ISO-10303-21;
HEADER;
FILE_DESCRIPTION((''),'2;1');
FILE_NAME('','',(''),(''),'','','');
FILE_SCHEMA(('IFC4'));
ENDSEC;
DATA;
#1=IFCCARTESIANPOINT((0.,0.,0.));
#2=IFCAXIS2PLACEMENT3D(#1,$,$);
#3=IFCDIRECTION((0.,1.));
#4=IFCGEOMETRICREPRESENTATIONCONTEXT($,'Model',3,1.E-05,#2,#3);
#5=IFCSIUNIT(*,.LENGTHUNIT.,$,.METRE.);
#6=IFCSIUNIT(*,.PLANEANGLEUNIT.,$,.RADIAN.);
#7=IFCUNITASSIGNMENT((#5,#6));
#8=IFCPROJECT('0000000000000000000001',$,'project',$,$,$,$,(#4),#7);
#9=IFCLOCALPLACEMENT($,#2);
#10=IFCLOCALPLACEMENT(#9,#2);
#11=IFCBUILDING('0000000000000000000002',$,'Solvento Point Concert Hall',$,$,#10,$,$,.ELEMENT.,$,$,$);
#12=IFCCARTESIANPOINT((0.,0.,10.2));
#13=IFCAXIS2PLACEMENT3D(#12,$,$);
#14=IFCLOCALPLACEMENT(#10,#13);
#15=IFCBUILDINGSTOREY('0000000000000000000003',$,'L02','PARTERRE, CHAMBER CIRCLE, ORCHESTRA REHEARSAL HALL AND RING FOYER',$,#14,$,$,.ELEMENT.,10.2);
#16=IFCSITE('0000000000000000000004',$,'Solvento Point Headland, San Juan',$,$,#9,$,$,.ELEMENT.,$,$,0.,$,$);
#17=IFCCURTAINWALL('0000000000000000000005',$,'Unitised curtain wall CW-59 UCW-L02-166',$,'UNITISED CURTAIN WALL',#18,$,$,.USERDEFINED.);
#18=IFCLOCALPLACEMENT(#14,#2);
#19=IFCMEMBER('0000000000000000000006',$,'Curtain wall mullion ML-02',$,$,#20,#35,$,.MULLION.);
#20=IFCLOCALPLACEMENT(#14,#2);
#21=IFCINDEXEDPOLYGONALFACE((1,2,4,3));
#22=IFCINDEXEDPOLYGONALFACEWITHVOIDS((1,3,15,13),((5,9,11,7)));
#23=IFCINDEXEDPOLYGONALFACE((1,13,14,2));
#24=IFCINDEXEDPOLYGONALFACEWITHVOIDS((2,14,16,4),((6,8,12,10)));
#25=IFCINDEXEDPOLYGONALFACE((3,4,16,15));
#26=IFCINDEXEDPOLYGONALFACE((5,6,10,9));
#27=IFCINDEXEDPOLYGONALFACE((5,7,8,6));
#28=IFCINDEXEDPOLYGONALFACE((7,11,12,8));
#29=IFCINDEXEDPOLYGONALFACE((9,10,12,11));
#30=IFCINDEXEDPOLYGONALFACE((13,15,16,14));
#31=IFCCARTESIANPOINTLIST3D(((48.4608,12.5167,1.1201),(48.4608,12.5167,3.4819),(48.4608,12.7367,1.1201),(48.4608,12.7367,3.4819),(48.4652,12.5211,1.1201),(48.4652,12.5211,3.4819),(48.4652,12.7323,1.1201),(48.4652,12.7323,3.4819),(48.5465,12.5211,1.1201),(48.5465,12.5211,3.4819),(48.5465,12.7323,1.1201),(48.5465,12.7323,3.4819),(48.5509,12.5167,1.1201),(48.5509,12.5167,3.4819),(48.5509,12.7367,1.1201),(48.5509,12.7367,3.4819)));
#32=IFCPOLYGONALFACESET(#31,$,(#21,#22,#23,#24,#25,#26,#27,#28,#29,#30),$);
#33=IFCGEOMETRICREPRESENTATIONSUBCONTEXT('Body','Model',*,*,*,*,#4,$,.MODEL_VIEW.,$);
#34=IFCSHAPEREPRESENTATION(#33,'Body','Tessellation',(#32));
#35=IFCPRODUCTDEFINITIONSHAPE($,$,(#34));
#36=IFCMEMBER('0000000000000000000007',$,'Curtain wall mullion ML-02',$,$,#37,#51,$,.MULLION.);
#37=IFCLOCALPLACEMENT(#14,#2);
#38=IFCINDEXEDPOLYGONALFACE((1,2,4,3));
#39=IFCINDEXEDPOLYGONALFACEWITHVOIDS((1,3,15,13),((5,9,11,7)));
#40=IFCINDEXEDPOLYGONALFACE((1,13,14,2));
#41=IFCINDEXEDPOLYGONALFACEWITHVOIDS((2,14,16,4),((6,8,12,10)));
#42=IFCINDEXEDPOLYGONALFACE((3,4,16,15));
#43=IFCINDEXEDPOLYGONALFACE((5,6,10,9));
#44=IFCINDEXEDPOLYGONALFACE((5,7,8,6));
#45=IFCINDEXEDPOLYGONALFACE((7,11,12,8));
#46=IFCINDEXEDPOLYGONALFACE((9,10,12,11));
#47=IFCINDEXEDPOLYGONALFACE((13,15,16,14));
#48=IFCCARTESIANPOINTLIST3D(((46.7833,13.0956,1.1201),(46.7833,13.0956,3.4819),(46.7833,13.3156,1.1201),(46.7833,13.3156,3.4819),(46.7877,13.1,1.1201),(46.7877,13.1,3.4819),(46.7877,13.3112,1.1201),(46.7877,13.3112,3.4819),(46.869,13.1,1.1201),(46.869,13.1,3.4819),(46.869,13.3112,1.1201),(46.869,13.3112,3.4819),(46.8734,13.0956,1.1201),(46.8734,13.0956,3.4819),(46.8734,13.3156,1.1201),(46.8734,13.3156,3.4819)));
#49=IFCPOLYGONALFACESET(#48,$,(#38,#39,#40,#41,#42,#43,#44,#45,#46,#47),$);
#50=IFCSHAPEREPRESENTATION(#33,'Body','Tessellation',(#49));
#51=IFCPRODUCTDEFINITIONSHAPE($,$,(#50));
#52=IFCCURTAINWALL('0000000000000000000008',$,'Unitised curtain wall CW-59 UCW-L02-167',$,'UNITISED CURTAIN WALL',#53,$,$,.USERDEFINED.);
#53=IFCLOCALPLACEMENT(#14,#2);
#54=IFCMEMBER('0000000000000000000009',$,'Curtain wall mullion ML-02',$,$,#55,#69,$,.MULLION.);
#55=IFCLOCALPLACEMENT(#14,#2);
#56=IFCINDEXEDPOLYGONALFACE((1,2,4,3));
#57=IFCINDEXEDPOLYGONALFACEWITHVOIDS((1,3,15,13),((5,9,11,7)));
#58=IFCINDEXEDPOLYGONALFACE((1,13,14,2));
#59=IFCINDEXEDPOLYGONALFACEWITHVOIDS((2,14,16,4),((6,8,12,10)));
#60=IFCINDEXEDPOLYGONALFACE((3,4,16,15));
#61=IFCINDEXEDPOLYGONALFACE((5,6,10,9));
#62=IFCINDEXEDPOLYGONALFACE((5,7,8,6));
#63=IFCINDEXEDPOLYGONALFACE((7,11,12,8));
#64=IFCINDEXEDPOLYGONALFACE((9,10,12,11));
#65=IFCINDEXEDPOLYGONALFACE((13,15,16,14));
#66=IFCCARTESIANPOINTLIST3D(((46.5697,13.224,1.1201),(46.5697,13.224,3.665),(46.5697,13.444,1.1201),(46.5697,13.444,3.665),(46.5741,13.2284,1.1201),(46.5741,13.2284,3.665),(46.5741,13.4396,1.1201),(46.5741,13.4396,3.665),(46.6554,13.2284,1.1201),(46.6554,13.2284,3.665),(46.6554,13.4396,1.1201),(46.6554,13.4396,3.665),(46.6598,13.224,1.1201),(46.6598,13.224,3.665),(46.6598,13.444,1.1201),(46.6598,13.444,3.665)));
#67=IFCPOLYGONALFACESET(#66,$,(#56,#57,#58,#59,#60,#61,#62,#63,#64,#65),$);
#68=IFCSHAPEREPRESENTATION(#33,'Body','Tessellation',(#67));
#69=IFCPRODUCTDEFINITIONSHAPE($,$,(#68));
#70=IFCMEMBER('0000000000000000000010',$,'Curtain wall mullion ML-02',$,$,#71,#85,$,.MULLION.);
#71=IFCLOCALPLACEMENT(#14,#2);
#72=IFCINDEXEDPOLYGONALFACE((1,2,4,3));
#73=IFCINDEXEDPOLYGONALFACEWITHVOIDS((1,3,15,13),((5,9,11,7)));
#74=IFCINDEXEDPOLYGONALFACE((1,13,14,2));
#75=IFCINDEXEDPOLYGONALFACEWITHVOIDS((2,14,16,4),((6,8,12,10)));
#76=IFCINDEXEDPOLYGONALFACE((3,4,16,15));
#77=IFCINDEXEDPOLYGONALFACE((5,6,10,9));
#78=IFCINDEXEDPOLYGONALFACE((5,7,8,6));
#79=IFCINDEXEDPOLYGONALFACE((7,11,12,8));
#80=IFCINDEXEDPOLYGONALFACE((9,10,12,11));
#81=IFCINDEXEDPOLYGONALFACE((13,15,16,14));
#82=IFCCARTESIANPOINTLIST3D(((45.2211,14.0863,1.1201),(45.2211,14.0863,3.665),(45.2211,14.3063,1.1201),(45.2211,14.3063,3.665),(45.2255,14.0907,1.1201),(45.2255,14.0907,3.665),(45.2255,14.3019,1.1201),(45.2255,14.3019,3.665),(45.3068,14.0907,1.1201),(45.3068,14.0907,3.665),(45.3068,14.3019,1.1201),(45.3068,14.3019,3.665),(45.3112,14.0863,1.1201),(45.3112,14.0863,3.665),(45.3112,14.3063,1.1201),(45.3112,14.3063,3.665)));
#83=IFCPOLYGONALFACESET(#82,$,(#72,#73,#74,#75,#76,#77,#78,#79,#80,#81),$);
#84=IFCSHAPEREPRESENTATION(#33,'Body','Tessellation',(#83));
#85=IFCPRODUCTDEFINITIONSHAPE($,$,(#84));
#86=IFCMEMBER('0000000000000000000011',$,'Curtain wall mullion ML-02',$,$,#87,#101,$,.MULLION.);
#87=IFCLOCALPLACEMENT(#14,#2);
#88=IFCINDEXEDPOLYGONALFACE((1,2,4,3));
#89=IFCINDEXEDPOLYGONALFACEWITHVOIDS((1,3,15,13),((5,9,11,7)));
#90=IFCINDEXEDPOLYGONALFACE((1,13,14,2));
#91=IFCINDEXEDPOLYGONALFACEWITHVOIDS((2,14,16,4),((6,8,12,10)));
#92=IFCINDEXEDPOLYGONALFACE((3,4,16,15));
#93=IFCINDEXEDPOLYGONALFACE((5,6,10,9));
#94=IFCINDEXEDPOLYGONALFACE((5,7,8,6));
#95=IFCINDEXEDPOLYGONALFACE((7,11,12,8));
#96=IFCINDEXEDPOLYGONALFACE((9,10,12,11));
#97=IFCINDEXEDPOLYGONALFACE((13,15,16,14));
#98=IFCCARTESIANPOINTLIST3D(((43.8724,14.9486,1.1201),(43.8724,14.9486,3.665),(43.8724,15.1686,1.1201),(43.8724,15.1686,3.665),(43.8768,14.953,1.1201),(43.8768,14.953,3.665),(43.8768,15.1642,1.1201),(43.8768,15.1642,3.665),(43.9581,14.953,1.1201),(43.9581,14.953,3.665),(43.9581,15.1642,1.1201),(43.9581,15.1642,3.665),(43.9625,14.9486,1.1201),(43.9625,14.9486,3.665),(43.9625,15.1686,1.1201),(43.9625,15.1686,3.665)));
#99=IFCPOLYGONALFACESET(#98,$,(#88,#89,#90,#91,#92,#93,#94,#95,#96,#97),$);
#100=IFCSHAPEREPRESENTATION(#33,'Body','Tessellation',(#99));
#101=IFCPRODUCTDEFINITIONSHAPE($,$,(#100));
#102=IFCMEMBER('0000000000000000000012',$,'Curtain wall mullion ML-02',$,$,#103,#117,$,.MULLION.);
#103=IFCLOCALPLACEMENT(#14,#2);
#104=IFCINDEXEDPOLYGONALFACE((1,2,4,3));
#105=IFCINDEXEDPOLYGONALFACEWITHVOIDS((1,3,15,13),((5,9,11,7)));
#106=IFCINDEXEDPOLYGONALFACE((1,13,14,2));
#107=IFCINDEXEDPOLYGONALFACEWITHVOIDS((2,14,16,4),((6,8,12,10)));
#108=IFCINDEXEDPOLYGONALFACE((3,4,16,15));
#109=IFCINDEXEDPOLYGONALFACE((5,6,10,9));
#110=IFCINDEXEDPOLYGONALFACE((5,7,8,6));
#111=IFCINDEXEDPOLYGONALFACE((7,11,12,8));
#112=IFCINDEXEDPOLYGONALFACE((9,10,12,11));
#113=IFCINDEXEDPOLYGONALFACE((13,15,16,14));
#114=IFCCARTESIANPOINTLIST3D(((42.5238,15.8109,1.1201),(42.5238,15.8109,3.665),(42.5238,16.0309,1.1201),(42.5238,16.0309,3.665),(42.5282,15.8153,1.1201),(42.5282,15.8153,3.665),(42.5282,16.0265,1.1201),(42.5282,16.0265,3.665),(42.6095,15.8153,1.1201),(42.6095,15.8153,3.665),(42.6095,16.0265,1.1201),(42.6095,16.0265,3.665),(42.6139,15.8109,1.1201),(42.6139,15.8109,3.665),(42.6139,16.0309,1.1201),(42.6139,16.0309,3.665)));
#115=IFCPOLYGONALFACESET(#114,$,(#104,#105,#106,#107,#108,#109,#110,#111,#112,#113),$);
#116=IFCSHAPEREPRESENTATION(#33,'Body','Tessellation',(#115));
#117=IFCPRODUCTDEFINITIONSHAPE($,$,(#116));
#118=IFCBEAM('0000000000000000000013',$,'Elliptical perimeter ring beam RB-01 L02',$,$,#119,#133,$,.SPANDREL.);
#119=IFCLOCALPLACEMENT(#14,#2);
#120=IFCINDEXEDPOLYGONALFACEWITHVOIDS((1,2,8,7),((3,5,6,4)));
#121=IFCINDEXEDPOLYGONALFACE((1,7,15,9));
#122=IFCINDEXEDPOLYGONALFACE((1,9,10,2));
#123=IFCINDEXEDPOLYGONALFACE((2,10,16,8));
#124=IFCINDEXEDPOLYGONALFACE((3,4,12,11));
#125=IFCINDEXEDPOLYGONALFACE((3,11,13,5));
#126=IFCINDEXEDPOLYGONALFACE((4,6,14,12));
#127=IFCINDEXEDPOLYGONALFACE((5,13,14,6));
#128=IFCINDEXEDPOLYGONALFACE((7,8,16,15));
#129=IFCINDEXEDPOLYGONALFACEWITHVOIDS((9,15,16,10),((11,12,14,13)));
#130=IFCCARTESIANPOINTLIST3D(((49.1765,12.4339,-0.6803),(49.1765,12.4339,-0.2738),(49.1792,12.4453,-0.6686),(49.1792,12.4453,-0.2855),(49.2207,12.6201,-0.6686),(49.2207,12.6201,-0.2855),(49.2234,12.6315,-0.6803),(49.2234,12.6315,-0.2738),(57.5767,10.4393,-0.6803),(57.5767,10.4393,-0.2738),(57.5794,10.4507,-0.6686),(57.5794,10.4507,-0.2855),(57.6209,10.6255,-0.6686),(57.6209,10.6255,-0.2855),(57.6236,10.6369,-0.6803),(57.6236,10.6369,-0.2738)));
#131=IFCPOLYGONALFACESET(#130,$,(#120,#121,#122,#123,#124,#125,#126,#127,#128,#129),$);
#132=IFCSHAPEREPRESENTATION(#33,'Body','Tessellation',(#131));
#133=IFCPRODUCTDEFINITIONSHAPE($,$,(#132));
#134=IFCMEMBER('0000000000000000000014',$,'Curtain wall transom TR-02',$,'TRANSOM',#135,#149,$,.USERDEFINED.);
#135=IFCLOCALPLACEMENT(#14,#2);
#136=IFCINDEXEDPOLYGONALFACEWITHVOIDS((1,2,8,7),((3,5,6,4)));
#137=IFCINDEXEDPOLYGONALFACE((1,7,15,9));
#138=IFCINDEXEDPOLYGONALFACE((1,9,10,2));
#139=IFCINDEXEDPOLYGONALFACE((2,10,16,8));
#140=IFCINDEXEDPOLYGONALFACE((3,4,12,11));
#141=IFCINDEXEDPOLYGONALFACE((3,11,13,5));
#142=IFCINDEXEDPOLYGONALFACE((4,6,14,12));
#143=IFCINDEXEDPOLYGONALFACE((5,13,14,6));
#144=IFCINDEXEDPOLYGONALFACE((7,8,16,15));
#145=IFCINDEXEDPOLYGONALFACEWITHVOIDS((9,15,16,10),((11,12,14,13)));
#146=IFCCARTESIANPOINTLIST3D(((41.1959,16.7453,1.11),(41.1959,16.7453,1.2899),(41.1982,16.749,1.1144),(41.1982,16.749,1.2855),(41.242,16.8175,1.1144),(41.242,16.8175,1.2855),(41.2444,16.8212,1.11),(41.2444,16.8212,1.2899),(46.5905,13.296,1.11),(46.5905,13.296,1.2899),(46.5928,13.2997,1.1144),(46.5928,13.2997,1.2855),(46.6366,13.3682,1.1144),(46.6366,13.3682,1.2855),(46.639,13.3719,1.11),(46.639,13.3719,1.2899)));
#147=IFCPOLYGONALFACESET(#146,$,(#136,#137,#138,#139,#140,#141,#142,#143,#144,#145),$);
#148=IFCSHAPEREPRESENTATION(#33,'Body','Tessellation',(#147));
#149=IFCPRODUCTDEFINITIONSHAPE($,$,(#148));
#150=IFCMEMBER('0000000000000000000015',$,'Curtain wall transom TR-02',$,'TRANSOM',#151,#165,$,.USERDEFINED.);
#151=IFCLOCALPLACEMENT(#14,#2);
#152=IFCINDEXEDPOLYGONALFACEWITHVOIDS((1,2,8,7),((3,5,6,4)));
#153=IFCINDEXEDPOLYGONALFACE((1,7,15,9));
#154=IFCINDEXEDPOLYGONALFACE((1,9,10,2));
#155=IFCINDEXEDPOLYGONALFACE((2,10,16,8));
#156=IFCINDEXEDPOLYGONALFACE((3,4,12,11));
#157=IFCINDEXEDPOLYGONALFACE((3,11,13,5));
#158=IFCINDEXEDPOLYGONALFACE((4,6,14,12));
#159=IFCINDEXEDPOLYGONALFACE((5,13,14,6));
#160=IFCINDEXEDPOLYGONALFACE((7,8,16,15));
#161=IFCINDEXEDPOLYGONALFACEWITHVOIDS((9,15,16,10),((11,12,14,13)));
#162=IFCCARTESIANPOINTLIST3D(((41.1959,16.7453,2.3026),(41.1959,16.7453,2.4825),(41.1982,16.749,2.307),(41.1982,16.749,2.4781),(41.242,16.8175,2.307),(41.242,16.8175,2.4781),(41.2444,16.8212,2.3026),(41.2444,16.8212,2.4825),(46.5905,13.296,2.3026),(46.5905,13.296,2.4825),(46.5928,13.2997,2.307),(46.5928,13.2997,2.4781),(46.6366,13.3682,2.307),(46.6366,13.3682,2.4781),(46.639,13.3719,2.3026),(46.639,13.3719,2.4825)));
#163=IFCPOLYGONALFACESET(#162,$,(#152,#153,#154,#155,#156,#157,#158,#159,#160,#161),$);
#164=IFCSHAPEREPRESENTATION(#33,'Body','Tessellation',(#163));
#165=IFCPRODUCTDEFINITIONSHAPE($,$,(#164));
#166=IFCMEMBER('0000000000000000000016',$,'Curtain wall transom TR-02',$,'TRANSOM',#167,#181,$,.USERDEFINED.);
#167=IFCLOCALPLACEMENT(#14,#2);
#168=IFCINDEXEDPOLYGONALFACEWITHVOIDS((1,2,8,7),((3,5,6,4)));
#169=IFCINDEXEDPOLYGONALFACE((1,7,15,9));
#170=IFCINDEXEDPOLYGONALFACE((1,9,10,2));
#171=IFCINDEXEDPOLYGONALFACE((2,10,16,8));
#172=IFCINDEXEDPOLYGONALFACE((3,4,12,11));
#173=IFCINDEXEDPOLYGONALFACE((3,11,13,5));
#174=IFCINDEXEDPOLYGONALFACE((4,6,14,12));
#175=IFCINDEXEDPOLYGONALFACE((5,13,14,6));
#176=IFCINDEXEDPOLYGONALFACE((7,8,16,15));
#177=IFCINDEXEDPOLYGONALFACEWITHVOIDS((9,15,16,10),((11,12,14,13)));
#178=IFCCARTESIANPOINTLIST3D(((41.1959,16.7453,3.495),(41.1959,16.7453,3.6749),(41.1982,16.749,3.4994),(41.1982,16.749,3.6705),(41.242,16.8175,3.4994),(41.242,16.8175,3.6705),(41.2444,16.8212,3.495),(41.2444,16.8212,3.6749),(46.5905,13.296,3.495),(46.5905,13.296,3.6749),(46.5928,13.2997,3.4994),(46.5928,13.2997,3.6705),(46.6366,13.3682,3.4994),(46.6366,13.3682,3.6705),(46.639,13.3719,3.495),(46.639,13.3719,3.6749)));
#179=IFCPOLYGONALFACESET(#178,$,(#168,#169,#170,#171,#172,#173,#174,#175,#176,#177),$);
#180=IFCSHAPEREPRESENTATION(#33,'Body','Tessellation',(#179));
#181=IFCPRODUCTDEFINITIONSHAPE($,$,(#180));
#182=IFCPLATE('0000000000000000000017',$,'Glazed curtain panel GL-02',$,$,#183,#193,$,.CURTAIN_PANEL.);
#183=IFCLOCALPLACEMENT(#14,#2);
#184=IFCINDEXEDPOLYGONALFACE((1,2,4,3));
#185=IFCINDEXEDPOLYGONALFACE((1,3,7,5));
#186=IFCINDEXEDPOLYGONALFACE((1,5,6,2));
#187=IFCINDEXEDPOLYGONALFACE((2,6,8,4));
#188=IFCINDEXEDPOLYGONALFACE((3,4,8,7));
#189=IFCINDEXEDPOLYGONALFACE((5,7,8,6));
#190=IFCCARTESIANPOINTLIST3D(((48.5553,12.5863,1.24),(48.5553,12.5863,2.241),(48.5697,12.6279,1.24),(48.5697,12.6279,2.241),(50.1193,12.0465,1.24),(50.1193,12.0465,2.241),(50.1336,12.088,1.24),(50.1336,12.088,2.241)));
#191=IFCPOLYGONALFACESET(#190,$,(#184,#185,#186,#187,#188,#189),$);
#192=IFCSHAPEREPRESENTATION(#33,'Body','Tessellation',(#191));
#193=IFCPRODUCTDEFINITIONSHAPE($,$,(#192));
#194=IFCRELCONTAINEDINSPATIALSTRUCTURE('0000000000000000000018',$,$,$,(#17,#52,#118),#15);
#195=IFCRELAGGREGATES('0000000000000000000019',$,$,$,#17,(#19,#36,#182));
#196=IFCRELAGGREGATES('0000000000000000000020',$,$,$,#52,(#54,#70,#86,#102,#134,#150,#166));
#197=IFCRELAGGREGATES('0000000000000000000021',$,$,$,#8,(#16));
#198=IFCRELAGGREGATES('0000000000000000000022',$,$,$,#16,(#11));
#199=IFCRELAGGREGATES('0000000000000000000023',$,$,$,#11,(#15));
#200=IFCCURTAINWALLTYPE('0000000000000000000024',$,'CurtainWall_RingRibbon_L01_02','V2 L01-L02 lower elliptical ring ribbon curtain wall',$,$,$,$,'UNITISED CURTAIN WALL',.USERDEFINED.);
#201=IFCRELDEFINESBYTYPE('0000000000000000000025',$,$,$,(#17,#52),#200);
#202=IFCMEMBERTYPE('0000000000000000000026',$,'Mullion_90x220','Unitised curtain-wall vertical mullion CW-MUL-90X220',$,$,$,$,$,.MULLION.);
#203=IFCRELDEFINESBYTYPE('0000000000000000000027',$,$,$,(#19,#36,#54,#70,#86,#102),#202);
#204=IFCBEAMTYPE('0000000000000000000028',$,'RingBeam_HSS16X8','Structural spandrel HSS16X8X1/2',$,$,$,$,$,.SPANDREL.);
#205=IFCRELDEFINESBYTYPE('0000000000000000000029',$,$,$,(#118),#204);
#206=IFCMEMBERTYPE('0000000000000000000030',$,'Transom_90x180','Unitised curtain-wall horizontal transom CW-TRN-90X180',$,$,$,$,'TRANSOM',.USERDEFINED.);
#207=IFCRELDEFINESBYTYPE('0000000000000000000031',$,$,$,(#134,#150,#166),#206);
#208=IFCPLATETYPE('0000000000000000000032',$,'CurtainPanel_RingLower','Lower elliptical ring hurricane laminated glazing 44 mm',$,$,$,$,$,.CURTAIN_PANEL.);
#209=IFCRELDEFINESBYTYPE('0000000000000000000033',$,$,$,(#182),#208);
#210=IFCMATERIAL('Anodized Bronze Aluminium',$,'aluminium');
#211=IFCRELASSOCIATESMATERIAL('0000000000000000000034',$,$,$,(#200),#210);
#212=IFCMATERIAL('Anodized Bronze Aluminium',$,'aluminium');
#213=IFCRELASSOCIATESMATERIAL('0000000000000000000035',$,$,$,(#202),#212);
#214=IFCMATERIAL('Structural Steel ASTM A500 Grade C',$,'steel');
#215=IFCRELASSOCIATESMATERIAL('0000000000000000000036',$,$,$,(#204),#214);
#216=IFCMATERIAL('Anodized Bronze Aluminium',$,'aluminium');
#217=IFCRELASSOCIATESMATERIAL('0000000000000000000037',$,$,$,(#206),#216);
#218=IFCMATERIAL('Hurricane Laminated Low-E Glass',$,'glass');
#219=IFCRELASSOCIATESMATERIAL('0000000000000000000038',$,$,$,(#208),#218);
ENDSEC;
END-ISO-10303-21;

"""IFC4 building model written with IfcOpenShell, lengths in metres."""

from ifc_helpers import new_model, si_unit, direction, frame, origin, origin_2d, place, context, subcontext, project, spatial, rectangle, hollow_rectangle, extrude, material, material_profile, profile_set, type_object, element, aggregate, save


model = new_model("IFC4")

# Units and contexts
model_context = context("Model", 3, precision=1e-05, world=origin(), true_north=direction((0.0, 1.0)))
body_context = subcontext(model_context, "Body", "Model", "MODEL_VIEW")
ifc_project = project(units=[si_unit("LENGTHUNIT", "METRE"), si_unit("PLANEANGLEUNIT", "RADIAN")], contexts=[model_context])

# Site, building, storey
site_placement = place(None, origin())
site = spatial("IfcSite", under=ifc_project, at=site_placement, Name="Solvento Point Headland, San Juan", CompositionType="ELEMENT", RefElevation=0.0)
building_placement = place(site_placement, origin())
building = spatial("IfcBuilding", under=site, at=building_placement, Name="Solvento Point Concert Hall", CompositionType="ELEMENT")
storey_placement = place(building_placement, frame((0.0, 0.0, 10.2)))
storey = spatial("IfcBuildingStorey", under=building, at=storey_placement, Name="L02", Description="PARTERRE, CHAMBER CIRCLE, ORCHESTRA REHEARSAL HALL AND RING FOYER", CompositionType="ELEMENT", Elevation=10.2)

# Curtain walls, members
ifc_material_1 = material(Name="Anodized Bronze Aluminium", Category="aluminium")
curtain_wall_type = type_object("IfcCurtainWallType", Name="CurtainWall_RingRibbon_L01_02", Description="V2 L01-L02 lower elliptical ring ribbon curtain wall", ElementType="UNITISED CURTAIN WALL", PredefinedType="USERDEFINED", material=ifc_material_1)
curtain_wall_1_placement = place(storey_placement, origin())
curtain_wall_1 = element("IfcCurtainWall", 1, at=curtain_wall_1_placement, inside=storey, type_object=curtain_wall_type, Name="Unitised curtain wall CW-59 UCW-L02-166", ObjectType="UNITISED CURTAIN WALL", PredefinedType="USERDEFINED")
ifc_material_2 = material(Name="Anodized Bronze Aluminium", Category="aluminium")
ifc_material_profile_1 = material_profile(ifc_material_2, hollow_rectangle(XDim=0.0901, YDim=0.22, WallThickness=0.0044, at=origin_2d()), Name="CW-MUL-90X220")
ifc_profile_set_1 = profile_set([ifc_material_profile_1], Name="Anodized Bronze Aluminium")
member_type_1 = type_object("IfcMemberType", Name="Mullion_90x220", Description="Unitised curtain-wall vertical mullion CW-MUL-90X220", PredefinedType="MULLION", material=ifc_profile_set_1)
member_1_placement = place(storey_placement, frame((48.5059, 12.6267, 1.1201), z_axis=(0.0, 0.0, 1.0), x_axis=(1.0, 0.0, 0.0)))
member_1 = element("IfcMember", 2, at=member_1_placement, type_object=member_type_1, Name="Curtain wall mullion ML-02", PredefinedType="MULLION", context=body_context, shape_type="SweptSolid", body=[
    extrude(hollow_rectangle(XDim=0.0901, YDim=0.22, WallThickness=0.0044, at=origin_2d()), origin(), (0.0, 0.0, 1.0), 2.3618),
])
member_2_placement = place(storey_placement, frame((46.8284, 13.2056, 1.1201), z_axis=(0.0, 0.0, 1.0), x_axis=(1.0, 0.0, 0.0)))
member_2 = element("IfcMember", 3, at=member_2_placement, type_object=member_type_1, Name="Curtain wall mullion ML-02", PredefinedType="MULLION", context=body_context, shape_type="SweptSolid", body=[
    extrude(hollow_rectangle(XDim=0.0901, YDim=0.22, WallThickness=0.0044, at=origin_2d()), origin(), (0.0, 0.0, 1.0), 2.3618),
])
curtain_wall_2_placement = place(storey_placement, origin())
curtain_wall_2 = element("IfcCurtainWall", 4, at=curtain_wall_2_placement, inside=storey, type_object=curtain_wall_type, Name="Unitised curtain wall CW-59 UCW-L02-167", ObjectType="UNITISED CURTAIN WALL", PredefinedType="USERDEFINED")
member_3_placement = place(storey_placement, frame((46.6147, 13.334, 1.1201), z_axis=(0.0, 0.0, 1.0), x_axis=(1.0, 0.0, 0.0)))
member_3 = element("IfcMember", 5, at=member_3_placement, type_object=member_type_1, Name="Curtain wall mullion ML-02", PredefinedType="MULLION", context=body_context, shape_type="SweptSolid", body=[
    extrude(hollow_rectangle(XDim=0.0901, YDim=0.22, WallThickness=0.0044, at=origin_2d()), origin(), (0.0, 0.0, 1.0), 2.5449),
])
member_4_placement = place(storey_placement, frame((45.2661, 14.1963, 1.1201), z_axis=(0.0, 0.0, 1.0), x_axis=(1.0, 0.0, 0.0)))
member_4 = element("IfcMember", 6, at=member_4_placement, type_object=member_type_1, Name="Curtain wall mullion ML-02", PredefinedType="MULLION", context=body_context, shape_type="SweptSolid", body=[
    extrude(hollow_rectangle(XDim=0.0901, YDim=0.22, WallThickness=0.0044, at=origin_2d()), origin(), (0.0, 0.0, 1.0), 2.5449),
])
member_5_placement = place(storey_placement, frame((43.9175, 15.0586, 1.1201), z_axis=(0.0, 0.0, 1.0), x_axis=(1.0, 0.0, 0.0)))
member_5 = element("IfcMember", 7, at=member_5_placement, type_object=member_type_1, Name="Curtain wall mullion ML-02", PredefinedType="MULLION", context=body_context, shape_type="SweptSolid", body=[
    extrude(hollow_rectangle(XDim=0.0901, YDim=0.22, WallThickness=0.0044, at=origin_2d()), origin(), (0.0, 0.0, 1.0), 2.5449),
])
member_6_placement = place(storey_placement, frame((42.5688, 15.9209, 1.1201), z_axis=(0.0, 0.0, 1.0), x_axis=(1.0, 0.0, 0.0)))
member_6 = element("IfcMember", 8, at=member_6_placement, type_object=member_type_1, Name="Curtain wall mullion ML-02", PredefinedType="MULLION", context=body_context, shape_type="SweptSolid", body=[
    extrude(hollow_rectangle(XDim=0.0901, YDim=0.22, WallThickness=0.0044, at=origin_2d()), origin(), (0.0, 0.0, 1.0), 2.5449),
])

# Beam
ifc_material_3 = material(Name="Structural Steel ASTM A500 Grade C", Category="steel")
ifc_material_profile_2 = material_profile(ifc_material_3, hollow_rectangle(XDim=0.2031, YDim=0.4065, WallThickness=0.0117, at=origin_2d()), Name="HSS16X8X1/2")
ifc_profile_set_2 = profile_set([ifc_material_profile_2], Name="Structural Steel ASTM A500 Grade C")
beam_type = type_object("IfcBeamType", Name="RingBeam_HSS16X8", Description="Structural spandrel HSS16X8X1/2", PredefinedType="SPANDREL", material=ifc_profile_set_2)
beam_placement = place(storey_placement, frame((49.2, 12.5327, -0.4771), z_axis=(0.972947, -0.231028, 0.0), x_axis=(0.231028, 0.972947, 0.0)))
element("IfcBeam", 9, at=beam_placement, inside=storey, type_object=beam_type, Name="Elliptical perimeter ring beam RB-01 L02", PredefinedType="SPANDREL", context=body_context, shape_type="SweptSolid", body=[
    extrude(hollow_rectangle(XDim=0.2031, YDim=0.4065, WallThickness=0.0117, at=origin_2d()), origin(), (0.0, 0.0, 1.0), 8.6338),
])

# Members
ifc_material_4 = material(Name="Anodized Bronze Aluminium", Category="aluminium")
ifc_material_profile_3 = material_profile(ifc_material_4, hollow_rectangle(XDim=0.0901, YDim=0.1799, WallThickness=0.0044, at=origin_2d()), Name="CW-TRN-90X180")
ifc_profile_set_3 = profile_set([ifc_material_profile_3], Name="Anodized Bronze Aluminium")
member_type_2 = type_object("IfcMemberType", Name="Transom_90x180", Description="Unitised curtain-wall horizontal transom CW-TRN-90X180", ElementType="TRANSOM", PredefinedType="USERDEFINED", material=ifc_profile_set_3)
member_7_placement = place(storey_placement, frame((46.6147, 13.334, 1.2), z_axis=(-0.842504, 0.53869, 0.0), x_axis=(-0.53869, -0.842504, 0.0)))
member_7 = element("IfcMember", 10, at=member_7_placement, type_object=member_type_2, Name="Curtain wall transom TR-02", ObjectType="TRANSOM", PredefinedType="USERDEFINED", context=body_context, shape_type="SweptSolid", body=[
    extrude(hollow_rectangle(XDim=0.0901, YDim=0.1799, WallThickness=0.0044, at=origin_2d()), origin(), (0.0, 0.0, 1.0), 6.4031),
])
member_8_placement = place(storey_placement, frame((46.6147, 13.334, 2.3926), z_axis=(-0.842504, 0.53869, 0.0), x_axis=(-0.53869, -0.842504, 0.0)))
member_8 = element("IfcMember", 11, at=member_8_placement, type_object=member_type_2, Name="Curtain wall transom TR-02", ObjectType="TRANSOM", PredefinedType="USERDEFINED", context=body_context, shape_type="SweptSolid", body=[
    extrude(hollow_rectangle(XDim=0.0901, YDim=0.1799, WallThickness=0.0044, at=origin_2d()), origin(), (0.0, 0.0, 1.0), 6.4031),
])
member_9_placement = place(storey_placement, frame((46.6147, 13.334, 3.585), z_axis=(-0.842504, 0.53869, 0.0), x_axis=(-0.53869, -0.842504, 0.0)))
member_9 = element("IfcMember", 12, at=member_9_placement, type_object=member_type_2, Name="Curtain wall transom TR-02", ObjectType="TRANSOM", PredefinedType="USERDEFINED", context=body_context, shape_type="SweptSolid", body=[
    extrude(hollow_rectangle(XDim=0.0901, YDim=0.1799, WallThickness=0.0044, at=origin_2d()), origin(), (0.0, 0.0, 1.0), 6.4031),
])

# Plate
ifc_material_5 = material(Name="Hurricane Laminated Low-E Glass", Category="glass")
plate_type = type_object("IfcPlateType", Name="CurtainPanel_RingLower", Description="Lower elliptical ring hurricane laminated glazing 44 mm", PredefinedType="CURTAIN_PANEL", material=ifc_material_5)
plate_1_placement = place(storey_placement, frame((49.3445, 12.3372, 1.24), z_axis=(0.0, 0.0, 1.0), x_axis=(-0.945271, 0.326286, 0.0)))
plate_1 = element("IfcPlate", 13, at=plate_1_placement, type_object=plate_type, Name="Glazed curtain panel GL-02", PredefinedType="CURTAIN_PANEL", context=body_context, shape_type="SweptSolid", body=[
    extrude(rectangle(XDim=1.6545, YDim=0.0439, at=origin_2d()), origin(), (0.0, 0.0, 1.0), 1.001),
])
aggregate(curtain_wall_1, [member_1, member_2, plate_1])
aggregate(curtain_wall_2, [member_3, member_4, member_5, member_6, member_7, member_8, member_9])

save(model, "model.ifc")
